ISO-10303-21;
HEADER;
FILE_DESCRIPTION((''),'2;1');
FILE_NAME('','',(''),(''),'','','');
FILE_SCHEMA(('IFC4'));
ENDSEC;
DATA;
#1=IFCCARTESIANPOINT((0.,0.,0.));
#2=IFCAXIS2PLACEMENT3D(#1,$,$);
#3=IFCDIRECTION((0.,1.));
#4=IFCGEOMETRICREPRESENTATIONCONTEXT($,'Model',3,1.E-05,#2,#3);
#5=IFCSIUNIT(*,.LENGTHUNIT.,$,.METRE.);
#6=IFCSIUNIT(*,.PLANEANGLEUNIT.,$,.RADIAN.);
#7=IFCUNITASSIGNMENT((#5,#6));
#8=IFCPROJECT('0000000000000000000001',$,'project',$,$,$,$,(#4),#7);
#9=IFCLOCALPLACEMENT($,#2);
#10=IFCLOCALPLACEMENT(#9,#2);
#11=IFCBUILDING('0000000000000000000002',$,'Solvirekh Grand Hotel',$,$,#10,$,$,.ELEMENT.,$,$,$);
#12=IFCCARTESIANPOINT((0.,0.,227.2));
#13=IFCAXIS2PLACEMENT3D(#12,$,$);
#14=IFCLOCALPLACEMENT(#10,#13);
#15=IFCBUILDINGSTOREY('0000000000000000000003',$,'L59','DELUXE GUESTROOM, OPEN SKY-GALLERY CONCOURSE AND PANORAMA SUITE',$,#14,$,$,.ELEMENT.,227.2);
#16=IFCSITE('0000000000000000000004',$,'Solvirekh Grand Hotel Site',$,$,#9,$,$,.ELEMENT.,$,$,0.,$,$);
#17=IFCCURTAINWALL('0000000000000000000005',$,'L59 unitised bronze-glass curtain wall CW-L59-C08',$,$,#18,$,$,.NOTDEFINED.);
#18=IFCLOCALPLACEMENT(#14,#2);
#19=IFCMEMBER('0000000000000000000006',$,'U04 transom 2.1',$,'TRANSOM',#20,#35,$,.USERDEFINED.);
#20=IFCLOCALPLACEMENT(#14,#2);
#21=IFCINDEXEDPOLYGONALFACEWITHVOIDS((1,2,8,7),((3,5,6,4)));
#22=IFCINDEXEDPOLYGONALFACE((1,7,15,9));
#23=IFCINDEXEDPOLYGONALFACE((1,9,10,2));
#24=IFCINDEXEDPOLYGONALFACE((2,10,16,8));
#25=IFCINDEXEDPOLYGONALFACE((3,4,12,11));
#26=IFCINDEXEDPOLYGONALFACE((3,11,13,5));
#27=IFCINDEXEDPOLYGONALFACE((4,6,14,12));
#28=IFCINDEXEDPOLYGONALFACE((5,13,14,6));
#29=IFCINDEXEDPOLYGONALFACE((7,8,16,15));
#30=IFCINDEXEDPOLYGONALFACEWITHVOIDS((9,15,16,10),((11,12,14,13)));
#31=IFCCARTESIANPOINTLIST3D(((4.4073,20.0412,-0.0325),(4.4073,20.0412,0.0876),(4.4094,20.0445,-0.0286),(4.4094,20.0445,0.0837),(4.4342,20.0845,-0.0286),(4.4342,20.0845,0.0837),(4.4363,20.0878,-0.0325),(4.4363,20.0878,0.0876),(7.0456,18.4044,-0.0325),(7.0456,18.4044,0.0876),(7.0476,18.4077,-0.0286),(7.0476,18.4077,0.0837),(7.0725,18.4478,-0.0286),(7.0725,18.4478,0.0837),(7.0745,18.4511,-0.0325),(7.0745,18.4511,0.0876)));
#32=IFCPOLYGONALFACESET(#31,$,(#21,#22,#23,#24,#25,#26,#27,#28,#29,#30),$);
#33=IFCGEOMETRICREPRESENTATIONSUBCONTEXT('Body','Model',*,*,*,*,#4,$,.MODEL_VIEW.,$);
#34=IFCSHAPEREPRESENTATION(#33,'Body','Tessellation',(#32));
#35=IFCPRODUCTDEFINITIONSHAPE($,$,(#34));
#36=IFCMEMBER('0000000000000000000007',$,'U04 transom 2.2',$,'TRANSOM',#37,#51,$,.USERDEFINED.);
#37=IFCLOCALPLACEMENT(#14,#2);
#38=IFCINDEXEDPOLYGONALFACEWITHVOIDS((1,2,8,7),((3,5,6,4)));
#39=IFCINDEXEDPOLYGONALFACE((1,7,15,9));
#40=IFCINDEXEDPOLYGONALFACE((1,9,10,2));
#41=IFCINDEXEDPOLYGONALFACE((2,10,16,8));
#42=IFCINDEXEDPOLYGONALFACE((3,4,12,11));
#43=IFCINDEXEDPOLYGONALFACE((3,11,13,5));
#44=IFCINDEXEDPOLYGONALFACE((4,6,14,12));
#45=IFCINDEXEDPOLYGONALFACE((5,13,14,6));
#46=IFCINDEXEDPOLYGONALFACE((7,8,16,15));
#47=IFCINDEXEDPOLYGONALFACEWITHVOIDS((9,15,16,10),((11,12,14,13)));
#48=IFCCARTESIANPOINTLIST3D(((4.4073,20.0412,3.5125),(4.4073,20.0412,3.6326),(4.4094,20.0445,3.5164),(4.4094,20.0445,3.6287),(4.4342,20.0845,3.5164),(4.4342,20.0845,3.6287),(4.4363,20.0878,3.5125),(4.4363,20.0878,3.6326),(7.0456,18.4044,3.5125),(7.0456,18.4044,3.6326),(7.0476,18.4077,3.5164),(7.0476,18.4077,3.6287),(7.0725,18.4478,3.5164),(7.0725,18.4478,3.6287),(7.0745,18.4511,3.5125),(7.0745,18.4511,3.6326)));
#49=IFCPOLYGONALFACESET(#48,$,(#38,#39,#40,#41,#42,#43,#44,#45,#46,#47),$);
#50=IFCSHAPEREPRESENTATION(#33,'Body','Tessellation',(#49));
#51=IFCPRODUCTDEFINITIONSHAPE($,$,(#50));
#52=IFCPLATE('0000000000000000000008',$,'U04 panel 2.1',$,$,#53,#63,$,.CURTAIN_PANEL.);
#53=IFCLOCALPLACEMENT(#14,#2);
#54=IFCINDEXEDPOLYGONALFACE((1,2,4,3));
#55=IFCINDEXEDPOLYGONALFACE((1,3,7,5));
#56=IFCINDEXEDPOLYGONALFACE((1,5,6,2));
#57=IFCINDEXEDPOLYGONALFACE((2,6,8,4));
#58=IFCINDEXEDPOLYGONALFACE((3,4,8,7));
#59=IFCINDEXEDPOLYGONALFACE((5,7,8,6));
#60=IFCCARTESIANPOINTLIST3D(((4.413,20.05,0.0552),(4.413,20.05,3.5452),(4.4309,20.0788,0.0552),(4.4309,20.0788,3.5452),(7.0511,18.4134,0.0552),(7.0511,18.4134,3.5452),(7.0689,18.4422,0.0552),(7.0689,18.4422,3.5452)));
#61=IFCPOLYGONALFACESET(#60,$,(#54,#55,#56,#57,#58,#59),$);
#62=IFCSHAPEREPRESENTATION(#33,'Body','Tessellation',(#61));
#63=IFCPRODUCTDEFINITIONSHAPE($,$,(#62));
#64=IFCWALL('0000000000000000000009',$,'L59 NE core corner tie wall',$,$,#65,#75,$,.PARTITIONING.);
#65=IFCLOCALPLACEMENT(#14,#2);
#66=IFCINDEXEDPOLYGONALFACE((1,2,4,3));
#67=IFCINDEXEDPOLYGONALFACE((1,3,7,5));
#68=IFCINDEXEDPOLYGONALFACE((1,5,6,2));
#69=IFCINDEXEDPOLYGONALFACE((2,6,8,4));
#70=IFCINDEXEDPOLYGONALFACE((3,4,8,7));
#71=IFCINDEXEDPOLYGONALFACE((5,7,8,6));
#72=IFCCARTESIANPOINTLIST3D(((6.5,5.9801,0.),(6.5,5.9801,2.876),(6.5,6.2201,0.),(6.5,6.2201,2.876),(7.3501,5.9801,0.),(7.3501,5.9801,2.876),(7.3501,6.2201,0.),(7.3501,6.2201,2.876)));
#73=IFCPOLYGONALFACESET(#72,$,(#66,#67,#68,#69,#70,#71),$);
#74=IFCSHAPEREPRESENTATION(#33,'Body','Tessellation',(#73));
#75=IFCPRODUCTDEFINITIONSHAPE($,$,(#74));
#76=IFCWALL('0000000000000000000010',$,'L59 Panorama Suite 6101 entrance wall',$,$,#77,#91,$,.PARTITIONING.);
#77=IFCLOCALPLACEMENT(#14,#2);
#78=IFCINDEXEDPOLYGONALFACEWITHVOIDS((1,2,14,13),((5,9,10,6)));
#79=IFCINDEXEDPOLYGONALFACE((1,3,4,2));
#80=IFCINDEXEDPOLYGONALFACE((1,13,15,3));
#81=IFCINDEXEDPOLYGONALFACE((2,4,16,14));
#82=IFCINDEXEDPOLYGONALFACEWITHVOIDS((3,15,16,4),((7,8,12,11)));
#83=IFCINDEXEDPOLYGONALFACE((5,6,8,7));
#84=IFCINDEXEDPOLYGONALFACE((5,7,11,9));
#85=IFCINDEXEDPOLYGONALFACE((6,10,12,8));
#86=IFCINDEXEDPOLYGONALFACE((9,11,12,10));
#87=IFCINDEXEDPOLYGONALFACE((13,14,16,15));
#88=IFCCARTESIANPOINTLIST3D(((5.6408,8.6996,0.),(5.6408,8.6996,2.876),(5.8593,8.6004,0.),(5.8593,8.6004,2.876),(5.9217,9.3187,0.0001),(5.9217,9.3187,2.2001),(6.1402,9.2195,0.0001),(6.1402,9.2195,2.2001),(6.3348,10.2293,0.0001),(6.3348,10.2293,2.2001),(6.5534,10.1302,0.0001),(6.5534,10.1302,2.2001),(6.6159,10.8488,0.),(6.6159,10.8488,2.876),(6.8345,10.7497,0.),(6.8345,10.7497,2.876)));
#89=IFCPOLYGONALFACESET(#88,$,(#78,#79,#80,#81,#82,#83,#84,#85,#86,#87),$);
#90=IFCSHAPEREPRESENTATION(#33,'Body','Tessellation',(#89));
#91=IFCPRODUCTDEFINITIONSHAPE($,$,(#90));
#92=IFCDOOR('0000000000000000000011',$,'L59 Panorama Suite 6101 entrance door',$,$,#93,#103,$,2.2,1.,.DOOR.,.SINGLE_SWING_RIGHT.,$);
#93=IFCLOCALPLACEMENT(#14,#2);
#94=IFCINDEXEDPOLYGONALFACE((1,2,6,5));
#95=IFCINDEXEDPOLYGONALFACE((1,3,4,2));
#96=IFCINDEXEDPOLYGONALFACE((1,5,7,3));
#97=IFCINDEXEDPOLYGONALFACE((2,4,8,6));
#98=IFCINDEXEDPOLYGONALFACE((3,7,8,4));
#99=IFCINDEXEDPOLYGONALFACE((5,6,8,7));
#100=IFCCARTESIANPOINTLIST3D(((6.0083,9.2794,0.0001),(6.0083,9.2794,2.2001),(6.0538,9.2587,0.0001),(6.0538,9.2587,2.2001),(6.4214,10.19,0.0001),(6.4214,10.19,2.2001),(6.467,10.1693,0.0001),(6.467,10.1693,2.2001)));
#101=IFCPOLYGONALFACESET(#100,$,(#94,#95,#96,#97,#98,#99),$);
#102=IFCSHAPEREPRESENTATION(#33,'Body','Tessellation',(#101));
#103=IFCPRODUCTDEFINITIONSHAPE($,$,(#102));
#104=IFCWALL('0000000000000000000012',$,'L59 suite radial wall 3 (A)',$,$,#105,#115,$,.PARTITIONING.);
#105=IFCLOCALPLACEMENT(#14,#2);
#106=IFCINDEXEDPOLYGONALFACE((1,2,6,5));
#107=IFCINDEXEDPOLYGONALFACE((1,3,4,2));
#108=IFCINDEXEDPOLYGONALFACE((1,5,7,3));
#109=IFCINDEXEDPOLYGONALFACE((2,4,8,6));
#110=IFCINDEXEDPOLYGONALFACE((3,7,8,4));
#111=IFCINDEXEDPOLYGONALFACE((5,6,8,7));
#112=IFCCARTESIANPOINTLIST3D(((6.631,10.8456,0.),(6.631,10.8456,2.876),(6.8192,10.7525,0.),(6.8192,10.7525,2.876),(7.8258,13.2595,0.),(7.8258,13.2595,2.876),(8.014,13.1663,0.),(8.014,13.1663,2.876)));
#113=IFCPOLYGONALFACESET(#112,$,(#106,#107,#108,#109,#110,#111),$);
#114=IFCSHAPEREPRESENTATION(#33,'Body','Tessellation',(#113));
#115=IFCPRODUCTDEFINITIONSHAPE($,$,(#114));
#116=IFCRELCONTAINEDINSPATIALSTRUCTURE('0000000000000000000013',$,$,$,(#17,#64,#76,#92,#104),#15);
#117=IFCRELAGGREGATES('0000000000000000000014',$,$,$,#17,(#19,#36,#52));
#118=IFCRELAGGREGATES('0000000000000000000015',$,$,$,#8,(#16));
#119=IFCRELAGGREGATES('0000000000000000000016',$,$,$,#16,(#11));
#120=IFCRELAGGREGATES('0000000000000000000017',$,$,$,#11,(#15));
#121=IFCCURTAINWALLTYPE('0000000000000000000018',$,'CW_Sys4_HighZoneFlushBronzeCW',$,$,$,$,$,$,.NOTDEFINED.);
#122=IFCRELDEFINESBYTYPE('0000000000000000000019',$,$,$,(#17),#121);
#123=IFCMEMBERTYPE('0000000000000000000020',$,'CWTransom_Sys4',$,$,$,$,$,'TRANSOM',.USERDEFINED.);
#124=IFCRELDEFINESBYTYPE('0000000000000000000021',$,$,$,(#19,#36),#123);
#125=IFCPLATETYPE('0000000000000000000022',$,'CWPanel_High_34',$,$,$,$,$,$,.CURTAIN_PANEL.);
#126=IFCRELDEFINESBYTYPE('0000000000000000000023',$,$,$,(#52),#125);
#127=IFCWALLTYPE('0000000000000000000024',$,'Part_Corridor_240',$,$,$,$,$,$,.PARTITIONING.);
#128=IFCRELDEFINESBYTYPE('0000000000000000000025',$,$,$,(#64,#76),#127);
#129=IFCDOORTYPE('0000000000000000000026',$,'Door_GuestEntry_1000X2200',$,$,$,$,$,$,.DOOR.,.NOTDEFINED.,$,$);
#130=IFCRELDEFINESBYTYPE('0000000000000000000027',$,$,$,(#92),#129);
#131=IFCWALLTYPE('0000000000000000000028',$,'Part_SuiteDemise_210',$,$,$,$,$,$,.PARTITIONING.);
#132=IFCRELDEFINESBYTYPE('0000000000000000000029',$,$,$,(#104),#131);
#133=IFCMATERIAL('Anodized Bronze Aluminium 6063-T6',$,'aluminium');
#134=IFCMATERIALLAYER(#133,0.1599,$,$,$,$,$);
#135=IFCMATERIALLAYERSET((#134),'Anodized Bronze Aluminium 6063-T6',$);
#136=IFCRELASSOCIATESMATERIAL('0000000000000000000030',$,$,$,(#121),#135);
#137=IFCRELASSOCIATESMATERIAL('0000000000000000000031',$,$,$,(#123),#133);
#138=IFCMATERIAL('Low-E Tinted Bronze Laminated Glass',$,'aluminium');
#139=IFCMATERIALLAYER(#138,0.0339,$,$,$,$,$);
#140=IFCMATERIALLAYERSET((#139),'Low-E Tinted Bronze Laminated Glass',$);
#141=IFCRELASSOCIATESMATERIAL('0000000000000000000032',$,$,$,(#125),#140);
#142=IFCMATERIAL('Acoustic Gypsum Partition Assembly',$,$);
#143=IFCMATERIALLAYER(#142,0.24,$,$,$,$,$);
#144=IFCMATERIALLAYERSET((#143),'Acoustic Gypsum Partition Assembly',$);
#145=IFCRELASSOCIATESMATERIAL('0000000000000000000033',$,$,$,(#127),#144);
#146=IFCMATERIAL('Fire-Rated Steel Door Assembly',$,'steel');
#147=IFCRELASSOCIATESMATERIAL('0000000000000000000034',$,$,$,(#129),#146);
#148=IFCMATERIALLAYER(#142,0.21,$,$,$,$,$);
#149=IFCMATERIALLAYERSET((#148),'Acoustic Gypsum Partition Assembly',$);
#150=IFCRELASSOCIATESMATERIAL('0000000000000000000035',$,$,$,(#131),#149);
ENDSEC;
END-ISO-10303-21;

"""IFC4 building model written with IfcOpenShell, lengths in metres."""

from ifc_helpers import new_model, si_unit, direction, frame, frame_2d, origin, origin_2d, place, context, subcontext, project, spatial, rectangle, hollow_rectangle, extrude, source, transform, mapped, material, layer, layer_set, material_profile, profile_set, type_object, element, fill, aggregate, save


model = new_model("IFC4")

# Units and contexts
model_context = context("Model", 3, precision=1e-05, world=origin(), true_north=direction((0.0, 1.0)))
body_context = subcontext(model_context, "Body", "Model", "MODEL_VIEW")
ifc_project = project(units=[si_unit("LENGTHUNIT", "METRE"), si_unit("PLANEANGLEUNIT", "RADIAN")], contexts=[model_context])

# Site, building, storey
site_placement = place(None, origin())
site = spatial("IfcSite", under=ifc_project, at=site_placement, Name="Solvirekh Grand Hotel Site", CompositionType="ELEMENT", RefElevation=0.0)
building_placement = place(site_placement, origin())
building = spatial("IfcBuilding", under=site, at=building_placement, Name="Solvirekh Grand Hotel", CompositionType="ELEMENT")
storey_placement = place(building_placement, frame((0.0, 0.0, 227.2)))
storey = spatial("IfcBuildingStorey", under=building, at=storey_placement, Name="L59", Description="DELUXE GUESTROOM, OPEN SKY-GALLERY CONCOURSE AND PANORAMA SUITE", CompositionType="ELEMENT", Elevation=227.2)

# Curtain wall, members, plate
ifc_material_1 = material(Name="Anodized Bronze Aluminium 6063-T6", Category="aluminium")
ifc_layer_1 = layer(ifc_material_1, 0.1599)
ifc_layer_set_1 = layer_set([ifc_layer_1], Name="Anodized Bronze Aluminium 6063-T6")
curtain_wall_type = type_object("IfcCurtainWallType", Name="CW_Sys4_HighZoneFlushBronzeCW", PredefinedType="NOTDEFINED", material=ifc_layer_set_1)
curtain_wall_placement = place(storey_placement, origin())
curtain_wall = element("IfcCurtainWall", 1, at=curtain_wall_placement, inside=storey, type_object=curtain_wall_type, Name="L59 unitised bronze-glass curtain wall CW-L59-C08", PredefinedType="NOTDEFINED")
ifc_material_profile_1 = material_profile(ifc_material_1, hollow_rectangle(XDim=0.0549, YDim=0.1201, WallThickness=0.0039, at=origin_2d()), Name="ALU RHS 120X55X4")
ifc_profile_set_1 = profile_set([ifc_material_profile_1], Name="Anodized Bronze Aluminium 6063-T6")
member_type_1 = type_object("IfcMemberType", Name="CWTransom_Sys4", ElementType="TRANSOM", PredefinedType="USERDEFINED", material=ifc_profile_set_1)
shared_shape_1 = source(origin(), body_context, "Body", "SweptSolid", [
    extrude(hollow_rectangle(XDim=0.0549, YDim=0.1201, WallThickness=0.0039, at=origin_2d()), origin(), (0.0, 0.0, 1.0), 3.1047),
])
member_1_placement = place(storey_placement, frame((7.0601, 18.4277, 0.0276), z_axis=(-0.849752, 0.527183, 0.0), x_axis=(-0.527183, -0.849752, 0.0)))
member_1 = element("IfcMember", 2, at=member_1_placement, type_object=member_type_1, Name="U04 transom 2.1", ObjectType="TRANSOM", PredefinedType="USERDEFINED", context=body_context, shape_type="MappedRepresentation", body=[
    mapped(shared_shape_1, transform((0.0, 0.0, 0.0), x_axis=(1.0, 0.0, 0.0), y_axis=(0.0, 1.0, 0.0), z_axis=(0.0, 0.0, 1.0), scale=1.0)),
])
member_2_placement = place(storey_placement, frame((7.0601, 18.4277, 3.5725), z_axis=(-0.849752, 0.527183, 0.0), x_axis=(-0.527183, -0.849752, 0.0)))
member_2 = element("IfcMember", 3, at=member_2_placement, type_object=member_type_1, Name="U04 transom 2.2", ObjectType="TRANSOM", PredefinedType="USERDEFINED", context=body_context, shape_type="MappedRepresentation", body=[
    mapped(shared_shape_1, transform((0.0, 0.0, 0.0), x_axis=(1.0, 0.0, 0.0), y_axis=(0.0, 1.0, 0.0), z_axis=(0.0, 0.0, 1.0), scale=1.0)),
])
ifc_material_2 = material(Name="Low-E Tinted Bronze Laminated Glass", Category="aluminium")
ifc_layer_2 = layer(ifc_material_2, 0.0339)
ifc_layer_set_2 = layer_set([ifc_layer_2], Name="Low-E Tinted Bronze Laminated Glass")
plate_type = type_object("IfcPlateType", Name="CWPanel_High_34", PredefinedType="CURTAIN_PANEL", material=ifc_layer_set_2)
shared_shape_2 = source(origin(), body_context, "Body", "SweptSolid", [
    extrude(rectangle(XDim=3.1045, YDim=0.0339, at=origin_2d()), origin(), (0.0, 0.0, 1.0), 3.49),
])
plate_placement = place(storey_placement, frame((5.741, 19.2461, 0.0552), z_axis=(0.0, 0.0, 1.0), x_axis=(-0.849761, 0.527168, 0.0)))
plate = element("IfcPlate", 4, at=plate_placement, type_object=plate_type, Name="U04 panel 2.1", PredefinedType="CURTAIN_PANEL", context=body_context, shape_type="MappedRepresentation", body=[
    mapped(shared_shape_2, transform((0.0, 0.0, 0.0), x_axis=(1.0, 0.0, 0.0), y_axis=(0.0, 1.0, 0.0), z_axis=(0.0, 0.0, 1.0), scale=1.0)),
])
aggregate(curtain_wall, [member_1, member_2, plate])

# Wall
ifc_material_3 = material(Name="Acoustic Gypsum Partition Assembly")
ifc_layer_3 = layer(ifc_material_3, 0.24)
ifc_layer_set_3 = layer_set([ifc_layer_3], Name="Acoustic Gypsum Partition Assembly")
wall_type_1 = type_object("IfcWallType", Name="Part_Corridor_240", PredefinedType="PARTITIONING", material=ifc_layer_set_3)
wall_1_placement = place(storey_placement, frame((6.5, 6.1001, 0.0), z_axis=(0.0, 0.0, 1.0), x_axis=(1.0, 0.0, 0.0)))
element("IfcWall", 5, at=wall_1_placement, inside=storey, type_object=wall_type_1, Name="L59 NE core corner tie wall", PredefinedType="PARTITIONING", context=body_context, shape_type="SweptSolid", body=[
    extrude(rectangle(XDim=0.8501, YDim=0.24, at=frame_2d((0.425, 0.0))), origin(), (0.0, 0.0, 1.0), 2.876),
])

# Wall, opening, door
wall_2_placement = place(storey_placement, frame((5.75, 8.6499, 0.0), z_axis=(0.0, 0.0, 1.0), x_axis=(0.413172, 0.910653, 0.0)))
wall_2 = element("IfcWall", 6, at=wall_2_placement, inside=storey, type_object=wall_type_1, Name="L59 Panorama Suite 6101 entrance wall", PredefinedType="PARTITIONING", context=body_context, shape_type="SweptSolid", body=[
    extrude(rectangle(XDim=2.3601, YDim=0.24, at=frame_2d((1.1802, 0.0))), origin(), (0.0, 0.0, 1.0), 2.876),
])
opening_placement = place(wall_2_placement, frame((0.6799, 0.0, 0.0)))
opening = element("IfcOpeningElement", 7, at=opening_placement, cuts=wall_2, PredefinedType="OPENING", context=body_context, shape_type="SweptSolid", body=[
    extrude(rectangle(XDim=1.0, YDim=2.2, at=frame_2d((0.5, 1.1001))), frame((0.0, 0.1299, 0.0), z_axis=(0.0, -1.0, 0.0), x_axis=(1.0, 0.0, 0.0)), (0.0, 0.0, 1.0), 0.26),
])
ifc_material_4 = material(Name="Fire-Rated Steel Door Assembly", Category="steel")
door_type = type_object("IfcDoorType", Name="Door_GuestEntry_1000X2200", OperationType="NOTDEFINED", PredefinedType="DOOR", material=ifc_material_4)
door_placement = place(opening_placement, origin())
door = element("IfcDoor", 8, at=door_placement, inside=storey, type_object=door_type, Name="L59 Panorama Suite 6101 entrance door", OperationType="SINGLE_SWING_RIGHT", OverallHeight=2.2, OverallWidth=1.0, PredefinedType="DOOR", context=body_context, shape_type="SweptSolid", body=[
    extrude(rectangle(XDim=1.0, YDim=2.2, at=frame_2d((0.5, 1.1001))), frame((0.0, 0.0249, 0.0), z_axis=(0.0, -1.0, 0.0), x_axis=(1.0, 0.0, 0.0)), (0.0, 0.0, 1.0), 0.05),
])
fill(opening, door)

# Wall
ifc_layer_4 = layer(ifc_material_3, 0.21)
ifc_layer_set_4 = layer_set([ifc_layer_4], Name="Acoustic Gypsum Partition Assembly")
wall_type_2 = type_object("IfcWallType", Name="Part_SuiteDemise_210", PredefinedType="PARTITIONING", material=ifc_layer_set_4)
wall_3_placement = place(storey_placement, frame((6.7251, 10.7991, 0.0), z_axis=(0.0, 0.0, 1.0), x_axis=(0.44362, 0.896215, 0.0)))
element("IfcWall", 9, at=wall_3_placement, inside=storey, type_object=wall_type_2, Name="L59 suite radial wall 3 (A)", PredefinedType="PARTITIONING", context=body_context, shape_type="SweptSolid", body=[
    extrude(rectangle(XDim=2.6934, YDim=0.21, at=frame_2d((1.3467, 0.0))), origin(), (0.0, 0.0, 1.0), 2.876),
])

save(model, "model.ifc")
